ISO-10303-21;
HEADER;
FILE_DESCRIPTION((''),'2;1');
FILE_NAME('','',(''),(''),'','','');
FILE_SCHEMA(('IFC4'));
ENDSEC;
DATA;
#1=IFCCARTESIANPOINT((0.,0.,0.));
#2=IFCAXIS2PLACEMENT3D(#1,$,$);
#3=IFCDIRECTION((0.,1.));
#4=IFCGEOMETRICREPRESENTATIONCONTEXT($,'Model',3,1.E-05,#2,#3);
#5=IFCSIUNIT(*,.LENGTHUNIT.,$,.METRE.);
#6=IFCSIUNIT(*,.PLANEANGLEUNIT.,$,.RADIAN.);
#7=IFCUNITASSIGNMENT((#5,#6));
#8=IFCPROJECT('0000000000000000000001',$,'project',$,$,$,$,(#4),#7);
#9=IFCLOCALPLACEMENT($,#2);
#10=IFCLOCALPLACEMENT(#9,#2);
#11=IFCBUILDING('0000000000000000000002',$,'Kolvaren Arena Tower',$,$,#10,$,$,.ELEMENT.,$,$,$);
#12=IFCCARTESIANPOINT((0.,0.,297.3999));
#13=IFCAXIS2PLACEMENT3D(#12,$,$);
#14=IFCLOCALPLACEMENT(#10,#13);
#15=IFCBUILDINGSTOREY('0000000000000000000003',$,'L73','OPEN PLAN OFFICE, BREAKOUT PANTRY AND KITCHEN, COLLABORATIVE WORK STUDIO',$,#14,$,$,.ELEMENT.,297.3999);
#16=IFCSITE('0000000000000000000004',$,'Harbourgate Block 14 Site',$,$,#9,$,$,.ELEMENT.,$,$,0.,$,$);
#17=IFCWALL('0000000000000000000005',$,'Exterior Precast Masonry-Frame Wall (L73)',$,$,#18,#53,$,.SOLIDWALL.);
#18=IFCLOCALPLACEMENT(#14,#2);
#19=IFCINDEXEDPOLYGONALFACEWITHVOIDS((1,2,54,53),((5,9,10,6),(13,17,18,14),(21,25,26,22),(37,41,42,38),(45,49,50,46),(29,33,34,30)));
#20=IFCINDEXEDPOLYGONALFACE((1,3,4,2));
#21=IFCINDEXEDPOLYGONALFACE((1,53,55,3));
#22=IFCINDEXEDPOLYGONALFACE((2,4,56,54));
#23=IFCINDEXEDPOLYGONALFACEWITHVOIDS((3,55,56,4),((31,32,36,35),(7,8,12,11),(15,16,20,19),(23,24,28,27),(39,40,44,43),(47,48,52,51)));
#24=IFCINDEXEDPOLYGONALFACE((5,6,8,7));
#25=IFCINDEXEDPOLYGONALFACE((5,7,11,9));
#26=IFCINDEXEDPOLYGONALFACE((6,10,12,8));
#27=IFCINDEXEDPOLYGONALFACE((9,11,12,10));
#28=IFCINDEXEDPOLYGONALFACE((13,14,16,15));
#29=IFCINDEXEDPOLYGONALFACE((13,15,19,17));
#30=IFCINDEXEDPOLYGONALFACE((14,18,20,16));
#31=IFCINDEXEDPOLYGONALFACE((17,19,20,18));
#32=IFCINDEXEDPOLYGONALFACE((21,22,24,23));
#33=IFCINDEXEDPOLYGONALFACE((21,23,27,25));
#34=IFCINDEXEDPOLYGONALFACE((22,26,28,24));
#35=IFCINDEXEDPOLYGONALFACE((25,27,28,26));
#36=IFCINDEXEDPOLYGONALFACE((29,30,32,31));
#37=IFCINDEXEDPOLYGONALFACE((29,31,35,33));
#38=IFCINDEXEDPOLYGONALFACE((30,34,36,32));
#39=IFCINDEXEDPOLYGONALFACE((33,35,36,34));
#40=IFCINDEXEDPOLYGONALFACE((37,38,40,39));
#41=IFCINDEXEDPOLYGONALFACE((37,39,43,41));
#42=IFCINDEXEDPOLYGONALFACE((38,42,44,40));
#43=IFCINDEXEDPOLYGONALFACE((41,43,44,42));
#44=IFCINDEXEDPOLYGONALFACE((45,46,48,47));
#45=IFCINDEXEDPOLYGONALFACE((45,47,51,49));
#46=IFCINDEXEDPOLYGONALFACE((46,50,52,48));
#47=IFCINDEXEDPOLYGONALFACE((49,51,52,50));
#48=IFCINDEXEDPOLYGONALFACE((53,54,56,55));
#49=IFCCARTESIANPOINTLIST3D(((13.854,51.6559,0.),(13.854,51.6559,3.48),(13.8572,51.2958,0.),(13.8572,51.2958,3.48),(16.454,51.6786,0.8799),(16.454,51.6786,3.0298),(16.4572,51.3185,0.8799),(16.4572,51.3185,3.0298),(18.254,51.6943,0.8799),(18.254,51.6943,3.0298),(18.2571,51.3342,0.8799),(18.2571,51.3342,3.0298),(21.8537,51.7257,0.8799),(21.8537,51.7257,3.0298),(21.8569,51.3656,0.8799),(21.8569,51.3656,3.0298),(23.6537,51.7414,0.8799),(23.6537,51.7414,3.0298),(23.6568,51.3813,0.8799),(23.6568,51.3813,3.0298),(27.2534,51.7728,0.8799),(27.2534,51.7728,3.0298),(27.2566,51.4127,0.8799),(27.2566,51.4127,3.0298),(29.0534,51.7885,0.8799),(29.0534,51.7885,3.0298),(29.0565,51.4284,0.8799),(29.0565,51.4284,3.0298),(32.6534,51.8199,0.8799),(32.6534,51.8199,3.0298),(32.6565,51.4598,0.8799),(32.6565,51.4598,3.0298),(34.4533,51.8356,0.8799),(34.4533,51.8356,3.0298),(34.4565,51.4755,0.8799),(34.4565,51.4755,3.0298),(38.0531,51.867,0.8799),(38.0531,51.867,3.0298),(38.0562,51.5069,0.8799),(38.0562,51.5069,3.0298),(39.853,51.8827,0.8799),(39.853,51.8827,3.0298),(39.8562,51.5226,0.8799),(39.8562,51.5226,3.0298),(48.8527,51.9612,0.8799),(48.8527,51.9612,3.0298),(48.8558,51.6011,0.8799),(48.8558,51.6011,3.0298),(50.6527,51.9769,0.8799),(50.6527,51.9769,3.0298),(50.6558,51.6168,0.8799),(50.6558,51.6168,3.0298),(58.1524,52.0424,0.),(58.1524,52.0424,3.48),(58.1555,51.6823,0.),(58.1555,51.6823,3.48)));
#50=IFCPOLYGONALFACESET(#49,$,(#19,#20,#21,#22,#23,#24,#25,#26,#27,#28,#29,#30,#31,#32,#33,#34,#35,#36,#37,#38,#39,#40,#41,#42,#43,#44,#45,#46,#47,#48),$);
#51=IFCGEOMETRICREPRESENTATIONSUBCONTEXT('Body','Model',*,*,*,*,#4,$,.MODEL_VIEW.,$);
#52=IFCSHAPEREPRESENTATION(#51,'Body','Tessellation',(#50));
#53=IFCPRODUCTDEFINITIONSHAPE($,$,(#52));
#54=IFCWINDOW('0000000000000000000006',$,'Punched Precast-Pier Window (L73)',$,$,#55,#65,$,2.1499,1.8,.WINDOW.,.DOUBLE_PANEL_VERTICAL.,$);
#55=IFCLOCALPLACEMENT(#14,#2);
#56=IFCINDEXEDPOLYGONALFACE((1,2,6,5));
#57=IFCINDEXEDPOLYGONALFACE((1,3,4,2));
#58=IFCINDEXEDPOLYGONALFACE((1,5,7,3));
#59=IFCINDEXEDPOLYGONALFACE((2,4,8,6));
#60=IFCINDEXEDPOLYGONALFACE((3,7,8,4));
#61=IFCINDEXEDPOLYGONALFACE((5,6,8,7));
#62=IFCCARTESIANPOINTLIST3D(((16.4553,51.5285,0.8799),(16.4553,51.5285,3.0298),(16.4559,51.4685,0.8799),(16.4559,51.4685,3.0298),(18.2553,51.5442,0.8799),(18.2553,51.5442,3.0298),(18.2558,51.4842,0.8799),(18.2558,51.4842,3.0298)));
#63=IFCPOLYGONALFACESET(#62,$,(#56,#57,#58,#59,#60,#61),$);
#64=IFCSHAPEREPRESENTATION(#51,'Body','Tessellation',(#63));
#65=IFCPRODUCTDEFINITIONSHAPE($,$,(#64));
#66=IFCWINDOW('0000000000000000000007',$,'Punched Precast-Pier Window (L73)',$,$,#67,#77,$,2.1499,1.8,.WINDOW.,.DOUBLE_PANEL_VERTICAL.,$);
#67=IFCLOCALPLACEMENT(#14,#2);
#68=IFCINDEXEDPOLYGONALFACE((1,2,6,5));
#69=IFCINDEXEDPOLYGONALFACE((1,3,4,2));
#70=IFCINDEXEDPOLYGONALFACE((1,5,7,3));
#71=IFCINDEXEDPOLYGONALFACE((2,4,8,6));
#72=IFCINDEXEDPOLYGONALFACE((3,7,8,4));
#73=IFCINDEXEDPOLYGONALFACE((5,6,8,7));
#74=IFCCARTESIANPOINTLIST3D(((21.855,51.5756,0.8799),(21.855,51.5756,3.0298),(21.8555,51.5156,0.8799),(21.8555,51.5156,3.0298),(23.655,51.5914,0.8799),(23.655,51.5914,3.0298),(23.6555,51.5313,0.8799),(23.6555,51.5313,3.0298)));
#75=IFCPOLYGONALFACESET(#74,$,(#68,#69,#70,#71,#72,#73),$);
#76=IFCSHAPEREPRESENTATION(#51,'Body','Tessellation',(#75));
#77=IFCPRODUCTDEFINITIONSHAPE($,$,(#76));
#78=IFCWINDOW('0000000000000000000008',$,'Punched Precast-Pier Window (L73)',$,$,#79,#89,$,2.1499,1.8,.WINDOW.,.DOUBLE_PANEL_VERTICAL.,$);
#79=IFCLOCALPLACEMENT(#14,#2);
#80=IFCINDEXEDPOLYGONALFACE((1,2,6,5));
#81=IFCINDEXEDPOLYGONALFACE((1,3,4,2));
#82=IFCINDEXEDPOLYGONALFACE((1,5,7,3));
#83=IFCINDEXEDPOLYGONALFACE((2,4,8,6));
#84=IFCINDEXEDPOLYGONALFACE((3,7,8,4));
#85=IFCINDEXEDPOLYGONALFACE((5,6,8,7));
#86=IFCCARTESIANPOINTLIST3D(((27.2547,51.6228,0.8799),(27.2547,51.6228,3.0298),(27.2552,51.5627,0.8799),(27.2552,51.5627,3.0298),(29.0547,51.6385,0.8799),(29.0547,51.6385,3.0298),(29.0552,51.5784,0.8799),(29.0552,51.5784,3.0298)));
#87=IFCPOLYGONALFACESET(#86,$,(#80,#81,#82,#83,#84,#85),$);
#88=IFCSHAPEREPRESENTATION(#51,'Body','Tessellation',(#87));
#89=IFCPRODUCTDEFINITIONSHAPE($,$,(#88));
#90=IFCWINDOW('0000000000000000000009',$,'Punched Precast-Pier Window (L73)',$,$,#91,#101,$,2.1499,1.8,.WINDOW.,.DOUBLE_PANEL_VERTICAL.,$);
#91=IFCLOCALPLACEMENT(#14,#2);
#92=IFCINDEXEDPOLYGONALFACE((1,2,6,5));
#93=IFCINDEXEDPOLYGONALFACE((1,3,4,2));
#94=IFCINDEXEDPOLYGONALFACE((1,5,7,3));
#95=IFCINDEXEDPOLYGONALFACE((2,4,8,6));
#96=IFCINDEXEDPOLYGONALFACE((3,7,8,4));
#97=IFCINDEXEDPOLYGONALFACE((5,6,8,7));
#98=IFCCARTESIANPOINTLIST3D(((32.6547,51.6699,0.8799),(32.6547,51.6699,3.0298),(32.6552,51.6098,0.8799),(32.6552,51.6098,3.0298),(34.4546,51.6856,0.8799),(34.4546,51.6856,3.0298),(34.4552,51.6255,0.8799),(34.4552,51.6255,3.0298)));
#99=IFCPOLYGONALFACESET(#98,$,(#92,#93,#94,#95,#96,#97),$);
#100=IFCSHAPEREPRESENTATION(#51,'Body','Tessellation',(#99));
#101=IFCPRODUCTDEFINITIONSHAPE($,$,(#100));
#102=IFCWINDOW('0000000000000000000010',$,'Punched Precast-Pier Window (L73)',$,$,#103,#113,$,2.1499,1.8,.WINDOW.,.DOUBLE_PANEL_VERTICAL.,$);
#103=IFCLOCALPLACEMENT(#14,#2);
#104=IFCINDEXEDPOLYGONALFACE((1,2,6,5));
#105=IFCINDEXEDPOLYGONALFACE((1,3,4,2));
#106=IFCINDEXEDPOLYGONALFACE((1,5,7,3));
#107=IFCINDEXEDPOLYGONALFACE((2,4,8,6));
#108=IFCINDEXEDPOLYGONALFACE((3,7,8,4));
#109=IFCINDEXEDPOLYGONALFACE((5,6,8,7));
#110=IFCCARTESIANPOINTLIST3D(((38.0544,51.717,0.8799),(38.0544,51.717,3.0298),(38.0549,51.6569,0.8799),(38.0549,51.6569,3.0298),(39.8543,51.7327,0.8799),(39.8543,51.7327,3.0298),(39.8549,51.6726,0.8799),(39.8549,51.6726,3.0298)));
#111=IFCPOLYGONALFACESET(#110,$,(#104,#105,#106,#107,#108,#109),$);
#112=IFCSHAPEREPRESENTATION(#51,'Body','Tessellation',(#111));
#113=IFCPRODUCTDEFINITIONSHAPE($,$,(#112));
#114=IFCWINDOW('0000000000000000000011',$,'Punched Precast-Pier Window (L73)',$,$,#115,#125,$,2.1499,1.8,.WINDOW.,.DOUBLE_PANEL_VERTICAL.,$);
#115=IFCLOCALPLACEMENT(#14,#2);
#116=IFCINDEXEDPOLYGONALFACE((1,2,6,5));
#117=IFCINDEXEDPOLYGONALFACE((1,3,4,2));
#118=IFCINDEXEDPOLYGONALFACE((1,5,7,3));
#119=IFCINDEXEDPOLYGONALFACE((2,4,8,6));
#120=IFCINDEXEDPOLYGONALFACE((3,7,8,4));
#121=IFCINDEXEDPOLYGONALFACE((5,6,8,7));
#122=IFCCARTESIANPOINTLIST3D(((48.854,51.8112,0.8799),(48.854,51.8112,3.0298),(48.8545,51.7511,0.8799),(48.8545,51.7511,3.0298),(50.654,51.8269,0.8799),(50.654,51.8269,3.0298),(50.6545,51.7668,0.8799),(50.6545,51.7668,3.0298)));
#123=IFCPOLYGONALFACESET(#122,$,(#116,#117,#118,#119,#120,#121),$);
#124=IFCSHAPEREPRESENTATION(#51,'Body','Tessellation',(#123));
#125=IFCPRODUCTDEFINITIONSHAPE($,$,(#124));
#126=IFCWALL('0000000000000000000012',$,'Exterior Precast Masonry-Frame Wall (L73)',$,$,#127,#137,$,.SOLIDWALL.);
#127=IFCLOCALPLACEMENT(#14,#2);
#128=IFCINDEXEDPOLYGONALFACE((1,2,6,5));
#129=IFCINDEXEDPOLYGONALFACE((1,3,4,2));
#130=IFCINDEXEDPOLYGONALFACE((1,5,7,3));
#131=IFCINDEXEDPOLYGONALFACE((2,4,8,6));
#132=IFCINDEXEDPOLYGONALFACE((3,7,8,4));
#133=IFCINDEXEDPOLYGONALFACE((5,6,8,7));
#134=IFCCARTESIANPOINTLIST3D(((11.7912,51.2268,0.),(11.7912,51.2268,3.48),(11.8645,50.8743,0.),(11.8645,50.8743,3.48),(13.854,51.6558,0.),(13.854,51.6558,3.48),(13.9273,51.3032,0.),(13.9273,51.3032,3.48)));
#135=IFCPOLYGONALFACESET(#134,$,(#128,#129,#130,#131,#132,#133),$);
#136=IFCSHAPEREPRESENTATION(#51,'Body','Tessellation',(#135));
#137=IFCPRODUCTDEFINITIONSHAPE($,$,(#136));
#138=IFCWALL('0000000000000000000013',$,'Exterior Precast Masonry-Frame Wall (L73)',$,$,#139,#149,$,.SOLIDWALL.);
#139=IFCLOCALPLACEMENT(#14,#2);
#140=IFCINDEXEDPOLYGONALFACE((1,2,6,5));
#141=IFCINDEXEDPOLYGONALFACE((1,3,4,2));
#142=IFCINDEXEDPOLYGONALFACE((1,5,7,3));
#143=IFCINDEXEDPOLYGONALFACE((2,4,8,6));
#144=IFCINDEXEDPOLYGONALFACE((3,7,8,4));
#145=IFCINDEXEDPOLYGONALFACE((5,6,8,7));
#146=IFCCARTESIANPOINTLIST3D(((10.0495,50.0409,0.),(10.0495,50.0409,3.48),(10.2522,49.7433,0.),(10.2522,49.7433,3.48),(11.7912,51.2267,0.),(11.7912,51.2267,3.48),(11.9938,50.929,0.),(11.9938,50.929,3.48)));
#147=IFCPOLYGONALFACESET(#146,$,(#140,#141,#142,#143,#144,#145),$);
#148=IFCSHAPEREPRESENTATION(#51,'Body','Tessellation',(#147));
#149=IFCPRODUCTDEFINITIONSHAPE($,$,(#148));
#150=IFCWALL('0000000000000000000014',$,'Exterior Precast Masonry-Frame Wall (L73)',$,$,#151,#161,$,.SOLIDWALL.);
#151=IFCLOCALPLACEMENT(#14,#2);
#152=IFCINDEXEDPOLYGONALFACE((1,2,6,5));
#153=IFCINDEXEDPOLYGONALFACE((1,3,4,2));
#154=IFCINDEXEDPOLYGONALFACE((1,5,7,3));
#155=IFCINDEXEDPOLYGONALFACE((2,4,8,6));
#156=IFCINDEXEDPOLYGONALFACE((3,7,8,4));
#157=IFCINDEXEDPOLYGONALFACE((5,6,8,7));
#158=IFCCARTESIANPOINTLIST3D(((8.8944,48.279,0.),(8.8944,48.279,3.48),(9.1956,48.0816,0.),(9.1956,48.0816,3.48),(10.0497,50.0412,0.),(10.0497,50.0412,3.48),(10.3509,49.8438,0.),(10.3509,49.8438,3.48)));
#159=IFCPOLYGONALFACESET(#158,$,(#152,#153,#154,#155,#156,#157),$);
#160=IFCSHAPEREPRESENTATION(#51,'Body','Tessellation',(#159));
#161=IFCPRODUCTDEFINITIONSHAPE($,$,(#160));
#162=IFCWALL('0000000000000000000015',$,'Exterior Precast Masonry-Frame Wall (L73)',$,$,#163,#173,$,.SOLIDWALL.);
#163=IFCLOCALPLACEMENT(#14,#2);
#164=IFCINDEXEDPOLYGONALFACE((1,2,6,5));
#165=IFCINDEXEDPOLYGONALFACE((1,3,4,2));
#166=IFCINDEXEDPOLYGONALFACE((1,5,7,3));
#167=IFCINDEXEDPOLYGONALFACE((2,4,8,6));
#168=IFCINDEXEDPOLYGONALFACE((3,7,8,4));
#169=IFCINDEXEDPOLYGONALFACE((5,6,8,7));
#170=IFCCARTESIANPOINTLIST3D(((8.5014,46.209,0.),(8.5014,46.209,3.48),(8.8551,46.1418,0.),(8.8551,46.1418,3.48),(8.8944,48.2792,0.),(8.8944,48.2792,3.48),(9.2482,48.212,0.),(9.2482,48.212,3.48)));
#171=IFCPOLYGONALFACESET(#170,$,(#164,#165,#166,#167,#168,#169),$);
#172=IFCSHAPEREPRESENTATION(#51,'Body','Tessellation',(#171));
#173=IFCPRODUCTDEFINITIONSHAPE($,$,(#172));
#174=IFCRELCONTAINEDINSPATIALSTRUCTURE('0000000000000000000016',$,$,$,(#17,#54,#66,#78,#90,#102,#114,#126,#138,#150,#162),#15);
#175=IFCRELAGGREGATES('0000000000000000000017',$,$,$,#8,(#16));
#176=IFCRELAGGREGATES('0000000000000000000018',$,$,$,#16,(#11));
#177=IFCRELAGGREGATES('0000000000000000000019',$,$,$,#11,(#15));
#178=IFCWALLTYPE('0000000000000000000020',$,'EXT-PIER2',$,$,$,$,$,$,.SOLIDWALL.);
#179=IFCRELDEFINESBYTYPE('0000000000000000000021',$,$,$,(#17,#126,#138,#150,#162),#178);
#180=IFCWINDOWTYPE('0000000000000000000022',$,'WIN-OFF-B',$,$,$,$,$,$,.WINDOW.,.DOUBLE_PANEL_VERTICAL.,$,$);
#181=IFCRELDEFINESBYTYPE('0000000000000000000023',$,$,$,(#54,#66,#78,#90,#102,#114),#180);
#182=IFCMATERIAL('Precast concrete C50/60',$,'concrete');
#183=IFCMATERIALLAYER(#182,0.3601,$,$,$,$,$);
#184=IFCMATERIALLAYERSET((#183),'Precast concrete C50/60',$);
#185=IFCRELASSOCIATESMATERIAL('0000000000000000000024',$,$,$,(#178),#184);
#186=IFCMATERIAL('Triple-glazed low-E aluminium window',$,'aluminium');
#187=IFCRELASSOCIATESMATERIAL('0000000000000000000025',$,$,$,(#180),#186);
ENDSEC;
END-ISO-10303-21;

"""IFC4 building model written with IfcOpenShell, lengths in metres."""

from ifc_helpers import new_model, si_unit, direction, frame, frame_2d, origin, place, context, subcontext, project, spatial, rectangle, extrude, material, layer, layer_set, type_object, element, fill, save


model = new_model("IFC4")

# Units and contexts
model_context = context("Model", 3, precision=1e-05, world=origin(), true_north=direction((0.0, 1.0)))
body_context = subcontext(model_context, "Body", "Model", "MODEL_VIEW")
ifc_project = project(units=[si_unit("LENGTHUNIT", "METRE"), si_unit("PLANEANGLEUNIT", "RADIAN")], contexts=[model_context])

# Site, building, storey
site_placement = place(None, origin())
site = spatial("IfcSite", under=ifc_project, at=site_placement, Name="Harbourgate Block 14 Site", CompositionType="ELEMENT", RefElevation=0.0)
building_placement = place(site_placement, origin())
building = spatial("IfcBuilding", under=site, at=building_placement, Name="Kolvaren Arena Tower", CompositionType="ELEMENT")
storey_placement = place(building_placement, frame((0.0, 0.0, 297.3999)))
storey = spatial("IfcBuildingStorey", under=building, at=storey_placement, Name="L73", Description="OPEN PLAN OFFICE, BREAKOUT PANTRY AND KITCHEN, COLLABORATIVE WORK STUDIO", CompositionType="ELEMENT", Elevation=297.3999)

# Shared definitions
ifc_material_1 = material(Name="Precast concrete C50/60", Category="concrete")

# Wall, openings, windows
ifc_layer = layer(ifc_material_1, 0.3601)
ifc_layer_set = layer_set([ifc_layer], Name="Precast concrete C50/60")
wall_type = type_object("IfcWallType", Name="EXT-PIER2", PredefinedType="SOLIDWALL", material=ifc_layer_set)
wall_placement = place(storey_placement, frame((13.8557, 51.4758, 0.0), z_axis=(0.0, 0.0, 1.0), x_axis=(0.999962, 0.008724, 0.0)))
wall = element("IfcWall", 1, at=wall_placement, inside=storey, type_object=wall_type, Name="Exterior Precast Masonry-Frame Wall (L73)", PredefinedType="SOLIDWALL", context=body_context, shape_type="SweptSolid", body=[
    extrude(rectangle(XDim=44.3, YDim=0.3601, at=frame_2d((22.1499, 0.0))), origin(), (0.0, 0.0, 1.0), 3.48),
])
opening_1_placement = place(wall_placement, frame((2.6001, 0.0, 0.8799)))
opening_1 = element("IfcOpeningElement", 2, at=opening_1_placement, cuts=wall, PredefinedType="OPENING", context=body_context, shape_type="SweptSolid", body=[
    extrude(rectangle(XDim=1.8, YDim=2.1499, at=frame_2d((0.8999, 1.075))), frame((0.0, 0.1899, 0.0), z_axis=(0.0, -1.0, 0.0), x_axis=(1.0, 0.0, 0.0)), (0.0, 0.0, 1.0), 0.3801),
])
opening_2_placement = place(wall_placement, frame((8.0, 0.0, 0.8799)))
opening_2 = element("IfcOpeningElement", 3, at=opening_2_placement, cuts=wall, PredefinedType="OPENING", context=body_context, shape_type="SweptSolid", body=[
    extrude(rectangle(XDim=1.8, YDim=2.1499, at=frame_2d((0.8999, 1.075))), frame((0.0, 0.1899, 0.0), z_axis=(0.0, -1.0, 0.0), x_axis=(1.0, 0.0, 0.0)), (0.0, 0.0, 1.0), 0.3801),
])
opening_3_placement = place(wall_placement, frame((13.3999, 0.0, 0.8799)))
opening_3 = element("IfcOpeningElement", 4, at=opening_3_placement, cuts=wall, PredefinedType="OPENING", context=body_context, shape_type="SweptSolid", body=[
    extrude(rectangle(XDim=1.8, YDim=2.1499, at=frame_2d((0.8999, 1.075))), frame((0.0, 0.1899, 0.0), z_axis=(0.0, -1.0, 0.0), x_axis=(1.0, 0.0, 0.0)), (0.0, 0.0, 1.0), 0.3801),
])
opening_4_placement = place(wall_placement, frame((18.8, 0.0, 0.8799)))
opening_4 = element("IfcOpeningElement", 5, at=opening_4_placement, cuts=wall, PredefinedType="OPENING", context=body_context, shape_type="SweptSolid", body=[
    extrude(rectangle(XDim=1.8, YDim=2.1499, at=frame_2d((0.8999, 1.075))), frame((0.0, 0.1899, 0.0), z_axis=(0.0, -1.0, 0.0), x_axis=(1.0, 0.0, 0.0)), (0.0, 0.0, 1.0), 0.3801),
])
opening_5_placement = place(wall_placement, frame((24.2, 0.0, 0.8799)))
opening_5 = element("IfcOpeningElement", 6, at=opening_5_placement, cuts=wall, PredefinedType="OPENING", context=body_context, shape_type="SweptSolid", body=[
    extrude(rectangle(XDim=1.8, YDim=2.1499, at=frame_2d((0.8999, 1.075))), frame((0.0, 0.1899, 0.0), z_axis=(0.0, -1.0, 0.0), x_axis=(1.0, 0.0, 0.0)), (0.0, 0.0, 1.0), 0.3801),
])
opening_6_placement = place(wall_placement, frame((35.0, 0.0, 0.8799)))
opening_6 = element("IfcOpeningElement", 7, at=opening_6_placement, cuts=wall, PredefinedType="OPENING", context=body_context, shape_type="SweptSolid", body=[
    extrude(rectangle(XDim=1.8, YDim=2.1499, at=frame_2d((0.8999, 1.075))), frame((0.0, 0.1899, 0.0), z_axis=(0.0, -1.0, 0.0), x_axis=(1.0, 0.0, 0.0)), (0.0, 0.0, 1.0), 0.3801),
])
ifc_material_2 = material(Name="Triple-glazed low-E aluminium window", Category="aluminium")
window_type = type_object("IfcWindowType", Name="WIN-OFF-B", PartitioningType="DOUBLE_PANEL_VERTICAL", PredefinedType="WINDOW", material=ifc_material_2)
window_1_placement = place(opening_1_placement, origin())
window_1 = element("IfcWindow", 8, at=window_1_placement, inside=storey, type_object=window_type, Name="Punched Precast-Pier Window (L73)", OverallHeight=2.1499, OverallWidth=1.8, PartitioningType="DOUBLE_PANEL_VERTICAL", PredefinedType="WINDOW", context=body_context, shape_type="SweptSolid", body=[
    extrude(rectangle(XDim=1.8, YDim=2.1499, at=frame_2d((0.8999, 1.075))), frame((0.0, 0.03, 0.0), z_axis=(0.0, -1.0, 0.0), x_axis=(1.0, 0.0, 0.0)), (0.0, 0.0, 1.0), 0.0601),
])
fill(opening_1, window_1)
window_2_placement = place(opening_2_placement, origin())
window_2 = element("IfcWindow", 9, at=window_2_placement, inside=storey, type_object=window_type, Name="Punched Precast-Pier Window (L73)", OverallHeight=2.1499, OverallWidth=1.8, PartitioningType="DOUBLE_PANEL_VERTICAL", PredefinedType="WINDOW", context=body_context, shape_type="SweptSolid", body=[
    extrude(rectangle(XDim=1.8, YDim=2.1499, at=frame_2d((0.8999, 1.075))), frame((0.0, 0.03, 0.0), z_axis=(0.0, -1.0, 0.0), x_axis=(1.0, 0.0, 0.0)), (0.0, 0.0, 1.0), 0.0601),
])
fill(opening_2, window_2)
window_3_placement = place(opening_3_placement, origin())
window_3 = element("IfcWindow", 10, at=window_3_placement, inside=storey, type_object=window_type, Name="Punched Precast-Pier Window (L73)", OverallHeight=2.1499, OverallWidth=1.8, PartitioningType="DOUBLE_PANEL_VERTICAL", PredefinedType="WINDOW", context=body_context, shape_type="SweptSolid", body=[
    extrude(rectangle(XDim=1.8, YDim=2.1499, at=frame_2d((0.8999, 1.075))), frame((0.0, 0.03, 0.0), z_axis=(0.0, -1.0, 0.0), x_axis=(1.0, 0.0, 0.0)), (0.0, 0.0, 1.0), 0.0601),
])
fill(opening_3, window_3)
window_4_placement = place(opening_4_placement, origin())
window_4 = element("IfcWindow", 11, at=window_4_placement, inside=storey, type_object=window_type, Name="Punched Precast-Pier Window (L73)", OverallHeight=2.1499, OverallWidth=1.8, PartitioningType="DOUBLE_PANEL_VERTICAL", PredefinedType="WINDOW", context=body_context, shape_type="SweptSolid", body=[
    extrude(rectangle(XDim=1.8, YDim=2.1499, at=frame_2d((0.8999, 1.075))), frame((0.0, 0.03, 0.0), z_axis=(0.0, -1.0, 0.0), x_axis=(1.0, 0.0, 0.0)), (0.0, 0.0, 1.0), 0.0601),
])
fill(opening_4, window_4)
window_5_placement = place(opening_5_placement, origin())
window_5 = element("IfcWindow", 12, at=window_5_placement, inside=storey, type_object=window_type, Name="Punched Precast-Pier Window (L73)", OverallHeight=2.1499, OverallWidth=1.8, PartitioningType="DOUBLE_PANEL_VERTICAL", PredefinedType="WINDOW", context=body_context, shape_type="SweptSolid", body=[
    extrude(rectangle(XDim=1.8, YDim=2.1499, at=frame_2d((0.8999, 1.075))), frame((0.0, 0.03, 0.0), z_axis=(0.0, -1.0, 0.0), x_axis=(1.0, 0.0, 0.0)), (0.0, 0.0, 1.0), 0.0601),
])
fill(opening_5, window_5)
window_6_placement = place(opening_6_placement, origin())
window_6 = element("IfcWindow", 13, at=window_6_placement, inside=storey, type_object=window_type, Name="Punched Precast-Pier Window (L73)", OverallHeight=2.1499, OverallWidth=1.8, PartitioningType="DOUBLE_PANEL_VERTICAL", PredefinedType="WINDOW", context=body_context, shape_type="SweptSolid", body=[
    extrude(rectangle(XDim=1.8, YDim=2.1499, at=frame_2d((0.8999, 1.075))), frame((0.0, 0.03, 0.0), z_axis=(0.0, -1.0, 0.0), x_axis=(1.0, 0.0, 0.0)), (0.0, 0.0, 1.0), 0.0601),
])
fill(opening_6, window_6)

# Walls
for number, where, z_axis, x_axis, name in (
    (14, (11.8279, 51.0505, 0.0), (0.0, 0.0, 1.0), (0.979055, 0.203598, 0.0), "Exterior Precast Masonry-Frame Wall (L73)"),
    (15, (10.1509, 49.8921, 0.0), (0.0, 0.0, 1.0), (0.82661, 0.562776, 0.0), "Exterior Precast Masonry-Frame Wall (L73)"),
):
    element("IfcWall", number, at=place(storey_placement, frame(where, z_axis=z_axis, x_axis=x_axis)), inside=storey, type_object=wall_type, Name=name, PredefinedType="SOLIDWALL", context=body_context, shape_type="SweptSolid", body=[
        extrude(rectangle(XDim=2.1069, YDim=0.3601, at=frame_2d((1.0535, 0.0))), origin(), (0.0, 0.0, 1.0), 3.48),
    ])
for number, where, z_axis, x_axis, name in (
    (16, (9.0449, 48.1802, 0.0), (0.0, 0.0, 1.0), (0.548267, 0.836304, 0.0), "Exterior Precast Masonry-Frame Wall (L73)"),
    (17, (8.6782, 46.1753, 0.0), (0.0, 0.0, 1.0), (0.186548, 0.982446, 0.0), "Exterior Precast Masonry-Frame Wall (L73)"),
):
    element("IfcWall", number, at=place(storey_placement, frame(where, z_axis=z_axis, x_axis=x_axis)), inside=storey, type_object=wall_type, Name=name, PredefinedType="SOLIDWALL", context=body_context, shape_type="SweptSolid", body=[
        extrude(rectangle(XDim=2.1072, YDim=0.3601, at=frame_2d((1.0537, 0.0))), origin(), (0.0, 0.0, 1.0), 3.48),
    ])

save(model, "model.ifc")
